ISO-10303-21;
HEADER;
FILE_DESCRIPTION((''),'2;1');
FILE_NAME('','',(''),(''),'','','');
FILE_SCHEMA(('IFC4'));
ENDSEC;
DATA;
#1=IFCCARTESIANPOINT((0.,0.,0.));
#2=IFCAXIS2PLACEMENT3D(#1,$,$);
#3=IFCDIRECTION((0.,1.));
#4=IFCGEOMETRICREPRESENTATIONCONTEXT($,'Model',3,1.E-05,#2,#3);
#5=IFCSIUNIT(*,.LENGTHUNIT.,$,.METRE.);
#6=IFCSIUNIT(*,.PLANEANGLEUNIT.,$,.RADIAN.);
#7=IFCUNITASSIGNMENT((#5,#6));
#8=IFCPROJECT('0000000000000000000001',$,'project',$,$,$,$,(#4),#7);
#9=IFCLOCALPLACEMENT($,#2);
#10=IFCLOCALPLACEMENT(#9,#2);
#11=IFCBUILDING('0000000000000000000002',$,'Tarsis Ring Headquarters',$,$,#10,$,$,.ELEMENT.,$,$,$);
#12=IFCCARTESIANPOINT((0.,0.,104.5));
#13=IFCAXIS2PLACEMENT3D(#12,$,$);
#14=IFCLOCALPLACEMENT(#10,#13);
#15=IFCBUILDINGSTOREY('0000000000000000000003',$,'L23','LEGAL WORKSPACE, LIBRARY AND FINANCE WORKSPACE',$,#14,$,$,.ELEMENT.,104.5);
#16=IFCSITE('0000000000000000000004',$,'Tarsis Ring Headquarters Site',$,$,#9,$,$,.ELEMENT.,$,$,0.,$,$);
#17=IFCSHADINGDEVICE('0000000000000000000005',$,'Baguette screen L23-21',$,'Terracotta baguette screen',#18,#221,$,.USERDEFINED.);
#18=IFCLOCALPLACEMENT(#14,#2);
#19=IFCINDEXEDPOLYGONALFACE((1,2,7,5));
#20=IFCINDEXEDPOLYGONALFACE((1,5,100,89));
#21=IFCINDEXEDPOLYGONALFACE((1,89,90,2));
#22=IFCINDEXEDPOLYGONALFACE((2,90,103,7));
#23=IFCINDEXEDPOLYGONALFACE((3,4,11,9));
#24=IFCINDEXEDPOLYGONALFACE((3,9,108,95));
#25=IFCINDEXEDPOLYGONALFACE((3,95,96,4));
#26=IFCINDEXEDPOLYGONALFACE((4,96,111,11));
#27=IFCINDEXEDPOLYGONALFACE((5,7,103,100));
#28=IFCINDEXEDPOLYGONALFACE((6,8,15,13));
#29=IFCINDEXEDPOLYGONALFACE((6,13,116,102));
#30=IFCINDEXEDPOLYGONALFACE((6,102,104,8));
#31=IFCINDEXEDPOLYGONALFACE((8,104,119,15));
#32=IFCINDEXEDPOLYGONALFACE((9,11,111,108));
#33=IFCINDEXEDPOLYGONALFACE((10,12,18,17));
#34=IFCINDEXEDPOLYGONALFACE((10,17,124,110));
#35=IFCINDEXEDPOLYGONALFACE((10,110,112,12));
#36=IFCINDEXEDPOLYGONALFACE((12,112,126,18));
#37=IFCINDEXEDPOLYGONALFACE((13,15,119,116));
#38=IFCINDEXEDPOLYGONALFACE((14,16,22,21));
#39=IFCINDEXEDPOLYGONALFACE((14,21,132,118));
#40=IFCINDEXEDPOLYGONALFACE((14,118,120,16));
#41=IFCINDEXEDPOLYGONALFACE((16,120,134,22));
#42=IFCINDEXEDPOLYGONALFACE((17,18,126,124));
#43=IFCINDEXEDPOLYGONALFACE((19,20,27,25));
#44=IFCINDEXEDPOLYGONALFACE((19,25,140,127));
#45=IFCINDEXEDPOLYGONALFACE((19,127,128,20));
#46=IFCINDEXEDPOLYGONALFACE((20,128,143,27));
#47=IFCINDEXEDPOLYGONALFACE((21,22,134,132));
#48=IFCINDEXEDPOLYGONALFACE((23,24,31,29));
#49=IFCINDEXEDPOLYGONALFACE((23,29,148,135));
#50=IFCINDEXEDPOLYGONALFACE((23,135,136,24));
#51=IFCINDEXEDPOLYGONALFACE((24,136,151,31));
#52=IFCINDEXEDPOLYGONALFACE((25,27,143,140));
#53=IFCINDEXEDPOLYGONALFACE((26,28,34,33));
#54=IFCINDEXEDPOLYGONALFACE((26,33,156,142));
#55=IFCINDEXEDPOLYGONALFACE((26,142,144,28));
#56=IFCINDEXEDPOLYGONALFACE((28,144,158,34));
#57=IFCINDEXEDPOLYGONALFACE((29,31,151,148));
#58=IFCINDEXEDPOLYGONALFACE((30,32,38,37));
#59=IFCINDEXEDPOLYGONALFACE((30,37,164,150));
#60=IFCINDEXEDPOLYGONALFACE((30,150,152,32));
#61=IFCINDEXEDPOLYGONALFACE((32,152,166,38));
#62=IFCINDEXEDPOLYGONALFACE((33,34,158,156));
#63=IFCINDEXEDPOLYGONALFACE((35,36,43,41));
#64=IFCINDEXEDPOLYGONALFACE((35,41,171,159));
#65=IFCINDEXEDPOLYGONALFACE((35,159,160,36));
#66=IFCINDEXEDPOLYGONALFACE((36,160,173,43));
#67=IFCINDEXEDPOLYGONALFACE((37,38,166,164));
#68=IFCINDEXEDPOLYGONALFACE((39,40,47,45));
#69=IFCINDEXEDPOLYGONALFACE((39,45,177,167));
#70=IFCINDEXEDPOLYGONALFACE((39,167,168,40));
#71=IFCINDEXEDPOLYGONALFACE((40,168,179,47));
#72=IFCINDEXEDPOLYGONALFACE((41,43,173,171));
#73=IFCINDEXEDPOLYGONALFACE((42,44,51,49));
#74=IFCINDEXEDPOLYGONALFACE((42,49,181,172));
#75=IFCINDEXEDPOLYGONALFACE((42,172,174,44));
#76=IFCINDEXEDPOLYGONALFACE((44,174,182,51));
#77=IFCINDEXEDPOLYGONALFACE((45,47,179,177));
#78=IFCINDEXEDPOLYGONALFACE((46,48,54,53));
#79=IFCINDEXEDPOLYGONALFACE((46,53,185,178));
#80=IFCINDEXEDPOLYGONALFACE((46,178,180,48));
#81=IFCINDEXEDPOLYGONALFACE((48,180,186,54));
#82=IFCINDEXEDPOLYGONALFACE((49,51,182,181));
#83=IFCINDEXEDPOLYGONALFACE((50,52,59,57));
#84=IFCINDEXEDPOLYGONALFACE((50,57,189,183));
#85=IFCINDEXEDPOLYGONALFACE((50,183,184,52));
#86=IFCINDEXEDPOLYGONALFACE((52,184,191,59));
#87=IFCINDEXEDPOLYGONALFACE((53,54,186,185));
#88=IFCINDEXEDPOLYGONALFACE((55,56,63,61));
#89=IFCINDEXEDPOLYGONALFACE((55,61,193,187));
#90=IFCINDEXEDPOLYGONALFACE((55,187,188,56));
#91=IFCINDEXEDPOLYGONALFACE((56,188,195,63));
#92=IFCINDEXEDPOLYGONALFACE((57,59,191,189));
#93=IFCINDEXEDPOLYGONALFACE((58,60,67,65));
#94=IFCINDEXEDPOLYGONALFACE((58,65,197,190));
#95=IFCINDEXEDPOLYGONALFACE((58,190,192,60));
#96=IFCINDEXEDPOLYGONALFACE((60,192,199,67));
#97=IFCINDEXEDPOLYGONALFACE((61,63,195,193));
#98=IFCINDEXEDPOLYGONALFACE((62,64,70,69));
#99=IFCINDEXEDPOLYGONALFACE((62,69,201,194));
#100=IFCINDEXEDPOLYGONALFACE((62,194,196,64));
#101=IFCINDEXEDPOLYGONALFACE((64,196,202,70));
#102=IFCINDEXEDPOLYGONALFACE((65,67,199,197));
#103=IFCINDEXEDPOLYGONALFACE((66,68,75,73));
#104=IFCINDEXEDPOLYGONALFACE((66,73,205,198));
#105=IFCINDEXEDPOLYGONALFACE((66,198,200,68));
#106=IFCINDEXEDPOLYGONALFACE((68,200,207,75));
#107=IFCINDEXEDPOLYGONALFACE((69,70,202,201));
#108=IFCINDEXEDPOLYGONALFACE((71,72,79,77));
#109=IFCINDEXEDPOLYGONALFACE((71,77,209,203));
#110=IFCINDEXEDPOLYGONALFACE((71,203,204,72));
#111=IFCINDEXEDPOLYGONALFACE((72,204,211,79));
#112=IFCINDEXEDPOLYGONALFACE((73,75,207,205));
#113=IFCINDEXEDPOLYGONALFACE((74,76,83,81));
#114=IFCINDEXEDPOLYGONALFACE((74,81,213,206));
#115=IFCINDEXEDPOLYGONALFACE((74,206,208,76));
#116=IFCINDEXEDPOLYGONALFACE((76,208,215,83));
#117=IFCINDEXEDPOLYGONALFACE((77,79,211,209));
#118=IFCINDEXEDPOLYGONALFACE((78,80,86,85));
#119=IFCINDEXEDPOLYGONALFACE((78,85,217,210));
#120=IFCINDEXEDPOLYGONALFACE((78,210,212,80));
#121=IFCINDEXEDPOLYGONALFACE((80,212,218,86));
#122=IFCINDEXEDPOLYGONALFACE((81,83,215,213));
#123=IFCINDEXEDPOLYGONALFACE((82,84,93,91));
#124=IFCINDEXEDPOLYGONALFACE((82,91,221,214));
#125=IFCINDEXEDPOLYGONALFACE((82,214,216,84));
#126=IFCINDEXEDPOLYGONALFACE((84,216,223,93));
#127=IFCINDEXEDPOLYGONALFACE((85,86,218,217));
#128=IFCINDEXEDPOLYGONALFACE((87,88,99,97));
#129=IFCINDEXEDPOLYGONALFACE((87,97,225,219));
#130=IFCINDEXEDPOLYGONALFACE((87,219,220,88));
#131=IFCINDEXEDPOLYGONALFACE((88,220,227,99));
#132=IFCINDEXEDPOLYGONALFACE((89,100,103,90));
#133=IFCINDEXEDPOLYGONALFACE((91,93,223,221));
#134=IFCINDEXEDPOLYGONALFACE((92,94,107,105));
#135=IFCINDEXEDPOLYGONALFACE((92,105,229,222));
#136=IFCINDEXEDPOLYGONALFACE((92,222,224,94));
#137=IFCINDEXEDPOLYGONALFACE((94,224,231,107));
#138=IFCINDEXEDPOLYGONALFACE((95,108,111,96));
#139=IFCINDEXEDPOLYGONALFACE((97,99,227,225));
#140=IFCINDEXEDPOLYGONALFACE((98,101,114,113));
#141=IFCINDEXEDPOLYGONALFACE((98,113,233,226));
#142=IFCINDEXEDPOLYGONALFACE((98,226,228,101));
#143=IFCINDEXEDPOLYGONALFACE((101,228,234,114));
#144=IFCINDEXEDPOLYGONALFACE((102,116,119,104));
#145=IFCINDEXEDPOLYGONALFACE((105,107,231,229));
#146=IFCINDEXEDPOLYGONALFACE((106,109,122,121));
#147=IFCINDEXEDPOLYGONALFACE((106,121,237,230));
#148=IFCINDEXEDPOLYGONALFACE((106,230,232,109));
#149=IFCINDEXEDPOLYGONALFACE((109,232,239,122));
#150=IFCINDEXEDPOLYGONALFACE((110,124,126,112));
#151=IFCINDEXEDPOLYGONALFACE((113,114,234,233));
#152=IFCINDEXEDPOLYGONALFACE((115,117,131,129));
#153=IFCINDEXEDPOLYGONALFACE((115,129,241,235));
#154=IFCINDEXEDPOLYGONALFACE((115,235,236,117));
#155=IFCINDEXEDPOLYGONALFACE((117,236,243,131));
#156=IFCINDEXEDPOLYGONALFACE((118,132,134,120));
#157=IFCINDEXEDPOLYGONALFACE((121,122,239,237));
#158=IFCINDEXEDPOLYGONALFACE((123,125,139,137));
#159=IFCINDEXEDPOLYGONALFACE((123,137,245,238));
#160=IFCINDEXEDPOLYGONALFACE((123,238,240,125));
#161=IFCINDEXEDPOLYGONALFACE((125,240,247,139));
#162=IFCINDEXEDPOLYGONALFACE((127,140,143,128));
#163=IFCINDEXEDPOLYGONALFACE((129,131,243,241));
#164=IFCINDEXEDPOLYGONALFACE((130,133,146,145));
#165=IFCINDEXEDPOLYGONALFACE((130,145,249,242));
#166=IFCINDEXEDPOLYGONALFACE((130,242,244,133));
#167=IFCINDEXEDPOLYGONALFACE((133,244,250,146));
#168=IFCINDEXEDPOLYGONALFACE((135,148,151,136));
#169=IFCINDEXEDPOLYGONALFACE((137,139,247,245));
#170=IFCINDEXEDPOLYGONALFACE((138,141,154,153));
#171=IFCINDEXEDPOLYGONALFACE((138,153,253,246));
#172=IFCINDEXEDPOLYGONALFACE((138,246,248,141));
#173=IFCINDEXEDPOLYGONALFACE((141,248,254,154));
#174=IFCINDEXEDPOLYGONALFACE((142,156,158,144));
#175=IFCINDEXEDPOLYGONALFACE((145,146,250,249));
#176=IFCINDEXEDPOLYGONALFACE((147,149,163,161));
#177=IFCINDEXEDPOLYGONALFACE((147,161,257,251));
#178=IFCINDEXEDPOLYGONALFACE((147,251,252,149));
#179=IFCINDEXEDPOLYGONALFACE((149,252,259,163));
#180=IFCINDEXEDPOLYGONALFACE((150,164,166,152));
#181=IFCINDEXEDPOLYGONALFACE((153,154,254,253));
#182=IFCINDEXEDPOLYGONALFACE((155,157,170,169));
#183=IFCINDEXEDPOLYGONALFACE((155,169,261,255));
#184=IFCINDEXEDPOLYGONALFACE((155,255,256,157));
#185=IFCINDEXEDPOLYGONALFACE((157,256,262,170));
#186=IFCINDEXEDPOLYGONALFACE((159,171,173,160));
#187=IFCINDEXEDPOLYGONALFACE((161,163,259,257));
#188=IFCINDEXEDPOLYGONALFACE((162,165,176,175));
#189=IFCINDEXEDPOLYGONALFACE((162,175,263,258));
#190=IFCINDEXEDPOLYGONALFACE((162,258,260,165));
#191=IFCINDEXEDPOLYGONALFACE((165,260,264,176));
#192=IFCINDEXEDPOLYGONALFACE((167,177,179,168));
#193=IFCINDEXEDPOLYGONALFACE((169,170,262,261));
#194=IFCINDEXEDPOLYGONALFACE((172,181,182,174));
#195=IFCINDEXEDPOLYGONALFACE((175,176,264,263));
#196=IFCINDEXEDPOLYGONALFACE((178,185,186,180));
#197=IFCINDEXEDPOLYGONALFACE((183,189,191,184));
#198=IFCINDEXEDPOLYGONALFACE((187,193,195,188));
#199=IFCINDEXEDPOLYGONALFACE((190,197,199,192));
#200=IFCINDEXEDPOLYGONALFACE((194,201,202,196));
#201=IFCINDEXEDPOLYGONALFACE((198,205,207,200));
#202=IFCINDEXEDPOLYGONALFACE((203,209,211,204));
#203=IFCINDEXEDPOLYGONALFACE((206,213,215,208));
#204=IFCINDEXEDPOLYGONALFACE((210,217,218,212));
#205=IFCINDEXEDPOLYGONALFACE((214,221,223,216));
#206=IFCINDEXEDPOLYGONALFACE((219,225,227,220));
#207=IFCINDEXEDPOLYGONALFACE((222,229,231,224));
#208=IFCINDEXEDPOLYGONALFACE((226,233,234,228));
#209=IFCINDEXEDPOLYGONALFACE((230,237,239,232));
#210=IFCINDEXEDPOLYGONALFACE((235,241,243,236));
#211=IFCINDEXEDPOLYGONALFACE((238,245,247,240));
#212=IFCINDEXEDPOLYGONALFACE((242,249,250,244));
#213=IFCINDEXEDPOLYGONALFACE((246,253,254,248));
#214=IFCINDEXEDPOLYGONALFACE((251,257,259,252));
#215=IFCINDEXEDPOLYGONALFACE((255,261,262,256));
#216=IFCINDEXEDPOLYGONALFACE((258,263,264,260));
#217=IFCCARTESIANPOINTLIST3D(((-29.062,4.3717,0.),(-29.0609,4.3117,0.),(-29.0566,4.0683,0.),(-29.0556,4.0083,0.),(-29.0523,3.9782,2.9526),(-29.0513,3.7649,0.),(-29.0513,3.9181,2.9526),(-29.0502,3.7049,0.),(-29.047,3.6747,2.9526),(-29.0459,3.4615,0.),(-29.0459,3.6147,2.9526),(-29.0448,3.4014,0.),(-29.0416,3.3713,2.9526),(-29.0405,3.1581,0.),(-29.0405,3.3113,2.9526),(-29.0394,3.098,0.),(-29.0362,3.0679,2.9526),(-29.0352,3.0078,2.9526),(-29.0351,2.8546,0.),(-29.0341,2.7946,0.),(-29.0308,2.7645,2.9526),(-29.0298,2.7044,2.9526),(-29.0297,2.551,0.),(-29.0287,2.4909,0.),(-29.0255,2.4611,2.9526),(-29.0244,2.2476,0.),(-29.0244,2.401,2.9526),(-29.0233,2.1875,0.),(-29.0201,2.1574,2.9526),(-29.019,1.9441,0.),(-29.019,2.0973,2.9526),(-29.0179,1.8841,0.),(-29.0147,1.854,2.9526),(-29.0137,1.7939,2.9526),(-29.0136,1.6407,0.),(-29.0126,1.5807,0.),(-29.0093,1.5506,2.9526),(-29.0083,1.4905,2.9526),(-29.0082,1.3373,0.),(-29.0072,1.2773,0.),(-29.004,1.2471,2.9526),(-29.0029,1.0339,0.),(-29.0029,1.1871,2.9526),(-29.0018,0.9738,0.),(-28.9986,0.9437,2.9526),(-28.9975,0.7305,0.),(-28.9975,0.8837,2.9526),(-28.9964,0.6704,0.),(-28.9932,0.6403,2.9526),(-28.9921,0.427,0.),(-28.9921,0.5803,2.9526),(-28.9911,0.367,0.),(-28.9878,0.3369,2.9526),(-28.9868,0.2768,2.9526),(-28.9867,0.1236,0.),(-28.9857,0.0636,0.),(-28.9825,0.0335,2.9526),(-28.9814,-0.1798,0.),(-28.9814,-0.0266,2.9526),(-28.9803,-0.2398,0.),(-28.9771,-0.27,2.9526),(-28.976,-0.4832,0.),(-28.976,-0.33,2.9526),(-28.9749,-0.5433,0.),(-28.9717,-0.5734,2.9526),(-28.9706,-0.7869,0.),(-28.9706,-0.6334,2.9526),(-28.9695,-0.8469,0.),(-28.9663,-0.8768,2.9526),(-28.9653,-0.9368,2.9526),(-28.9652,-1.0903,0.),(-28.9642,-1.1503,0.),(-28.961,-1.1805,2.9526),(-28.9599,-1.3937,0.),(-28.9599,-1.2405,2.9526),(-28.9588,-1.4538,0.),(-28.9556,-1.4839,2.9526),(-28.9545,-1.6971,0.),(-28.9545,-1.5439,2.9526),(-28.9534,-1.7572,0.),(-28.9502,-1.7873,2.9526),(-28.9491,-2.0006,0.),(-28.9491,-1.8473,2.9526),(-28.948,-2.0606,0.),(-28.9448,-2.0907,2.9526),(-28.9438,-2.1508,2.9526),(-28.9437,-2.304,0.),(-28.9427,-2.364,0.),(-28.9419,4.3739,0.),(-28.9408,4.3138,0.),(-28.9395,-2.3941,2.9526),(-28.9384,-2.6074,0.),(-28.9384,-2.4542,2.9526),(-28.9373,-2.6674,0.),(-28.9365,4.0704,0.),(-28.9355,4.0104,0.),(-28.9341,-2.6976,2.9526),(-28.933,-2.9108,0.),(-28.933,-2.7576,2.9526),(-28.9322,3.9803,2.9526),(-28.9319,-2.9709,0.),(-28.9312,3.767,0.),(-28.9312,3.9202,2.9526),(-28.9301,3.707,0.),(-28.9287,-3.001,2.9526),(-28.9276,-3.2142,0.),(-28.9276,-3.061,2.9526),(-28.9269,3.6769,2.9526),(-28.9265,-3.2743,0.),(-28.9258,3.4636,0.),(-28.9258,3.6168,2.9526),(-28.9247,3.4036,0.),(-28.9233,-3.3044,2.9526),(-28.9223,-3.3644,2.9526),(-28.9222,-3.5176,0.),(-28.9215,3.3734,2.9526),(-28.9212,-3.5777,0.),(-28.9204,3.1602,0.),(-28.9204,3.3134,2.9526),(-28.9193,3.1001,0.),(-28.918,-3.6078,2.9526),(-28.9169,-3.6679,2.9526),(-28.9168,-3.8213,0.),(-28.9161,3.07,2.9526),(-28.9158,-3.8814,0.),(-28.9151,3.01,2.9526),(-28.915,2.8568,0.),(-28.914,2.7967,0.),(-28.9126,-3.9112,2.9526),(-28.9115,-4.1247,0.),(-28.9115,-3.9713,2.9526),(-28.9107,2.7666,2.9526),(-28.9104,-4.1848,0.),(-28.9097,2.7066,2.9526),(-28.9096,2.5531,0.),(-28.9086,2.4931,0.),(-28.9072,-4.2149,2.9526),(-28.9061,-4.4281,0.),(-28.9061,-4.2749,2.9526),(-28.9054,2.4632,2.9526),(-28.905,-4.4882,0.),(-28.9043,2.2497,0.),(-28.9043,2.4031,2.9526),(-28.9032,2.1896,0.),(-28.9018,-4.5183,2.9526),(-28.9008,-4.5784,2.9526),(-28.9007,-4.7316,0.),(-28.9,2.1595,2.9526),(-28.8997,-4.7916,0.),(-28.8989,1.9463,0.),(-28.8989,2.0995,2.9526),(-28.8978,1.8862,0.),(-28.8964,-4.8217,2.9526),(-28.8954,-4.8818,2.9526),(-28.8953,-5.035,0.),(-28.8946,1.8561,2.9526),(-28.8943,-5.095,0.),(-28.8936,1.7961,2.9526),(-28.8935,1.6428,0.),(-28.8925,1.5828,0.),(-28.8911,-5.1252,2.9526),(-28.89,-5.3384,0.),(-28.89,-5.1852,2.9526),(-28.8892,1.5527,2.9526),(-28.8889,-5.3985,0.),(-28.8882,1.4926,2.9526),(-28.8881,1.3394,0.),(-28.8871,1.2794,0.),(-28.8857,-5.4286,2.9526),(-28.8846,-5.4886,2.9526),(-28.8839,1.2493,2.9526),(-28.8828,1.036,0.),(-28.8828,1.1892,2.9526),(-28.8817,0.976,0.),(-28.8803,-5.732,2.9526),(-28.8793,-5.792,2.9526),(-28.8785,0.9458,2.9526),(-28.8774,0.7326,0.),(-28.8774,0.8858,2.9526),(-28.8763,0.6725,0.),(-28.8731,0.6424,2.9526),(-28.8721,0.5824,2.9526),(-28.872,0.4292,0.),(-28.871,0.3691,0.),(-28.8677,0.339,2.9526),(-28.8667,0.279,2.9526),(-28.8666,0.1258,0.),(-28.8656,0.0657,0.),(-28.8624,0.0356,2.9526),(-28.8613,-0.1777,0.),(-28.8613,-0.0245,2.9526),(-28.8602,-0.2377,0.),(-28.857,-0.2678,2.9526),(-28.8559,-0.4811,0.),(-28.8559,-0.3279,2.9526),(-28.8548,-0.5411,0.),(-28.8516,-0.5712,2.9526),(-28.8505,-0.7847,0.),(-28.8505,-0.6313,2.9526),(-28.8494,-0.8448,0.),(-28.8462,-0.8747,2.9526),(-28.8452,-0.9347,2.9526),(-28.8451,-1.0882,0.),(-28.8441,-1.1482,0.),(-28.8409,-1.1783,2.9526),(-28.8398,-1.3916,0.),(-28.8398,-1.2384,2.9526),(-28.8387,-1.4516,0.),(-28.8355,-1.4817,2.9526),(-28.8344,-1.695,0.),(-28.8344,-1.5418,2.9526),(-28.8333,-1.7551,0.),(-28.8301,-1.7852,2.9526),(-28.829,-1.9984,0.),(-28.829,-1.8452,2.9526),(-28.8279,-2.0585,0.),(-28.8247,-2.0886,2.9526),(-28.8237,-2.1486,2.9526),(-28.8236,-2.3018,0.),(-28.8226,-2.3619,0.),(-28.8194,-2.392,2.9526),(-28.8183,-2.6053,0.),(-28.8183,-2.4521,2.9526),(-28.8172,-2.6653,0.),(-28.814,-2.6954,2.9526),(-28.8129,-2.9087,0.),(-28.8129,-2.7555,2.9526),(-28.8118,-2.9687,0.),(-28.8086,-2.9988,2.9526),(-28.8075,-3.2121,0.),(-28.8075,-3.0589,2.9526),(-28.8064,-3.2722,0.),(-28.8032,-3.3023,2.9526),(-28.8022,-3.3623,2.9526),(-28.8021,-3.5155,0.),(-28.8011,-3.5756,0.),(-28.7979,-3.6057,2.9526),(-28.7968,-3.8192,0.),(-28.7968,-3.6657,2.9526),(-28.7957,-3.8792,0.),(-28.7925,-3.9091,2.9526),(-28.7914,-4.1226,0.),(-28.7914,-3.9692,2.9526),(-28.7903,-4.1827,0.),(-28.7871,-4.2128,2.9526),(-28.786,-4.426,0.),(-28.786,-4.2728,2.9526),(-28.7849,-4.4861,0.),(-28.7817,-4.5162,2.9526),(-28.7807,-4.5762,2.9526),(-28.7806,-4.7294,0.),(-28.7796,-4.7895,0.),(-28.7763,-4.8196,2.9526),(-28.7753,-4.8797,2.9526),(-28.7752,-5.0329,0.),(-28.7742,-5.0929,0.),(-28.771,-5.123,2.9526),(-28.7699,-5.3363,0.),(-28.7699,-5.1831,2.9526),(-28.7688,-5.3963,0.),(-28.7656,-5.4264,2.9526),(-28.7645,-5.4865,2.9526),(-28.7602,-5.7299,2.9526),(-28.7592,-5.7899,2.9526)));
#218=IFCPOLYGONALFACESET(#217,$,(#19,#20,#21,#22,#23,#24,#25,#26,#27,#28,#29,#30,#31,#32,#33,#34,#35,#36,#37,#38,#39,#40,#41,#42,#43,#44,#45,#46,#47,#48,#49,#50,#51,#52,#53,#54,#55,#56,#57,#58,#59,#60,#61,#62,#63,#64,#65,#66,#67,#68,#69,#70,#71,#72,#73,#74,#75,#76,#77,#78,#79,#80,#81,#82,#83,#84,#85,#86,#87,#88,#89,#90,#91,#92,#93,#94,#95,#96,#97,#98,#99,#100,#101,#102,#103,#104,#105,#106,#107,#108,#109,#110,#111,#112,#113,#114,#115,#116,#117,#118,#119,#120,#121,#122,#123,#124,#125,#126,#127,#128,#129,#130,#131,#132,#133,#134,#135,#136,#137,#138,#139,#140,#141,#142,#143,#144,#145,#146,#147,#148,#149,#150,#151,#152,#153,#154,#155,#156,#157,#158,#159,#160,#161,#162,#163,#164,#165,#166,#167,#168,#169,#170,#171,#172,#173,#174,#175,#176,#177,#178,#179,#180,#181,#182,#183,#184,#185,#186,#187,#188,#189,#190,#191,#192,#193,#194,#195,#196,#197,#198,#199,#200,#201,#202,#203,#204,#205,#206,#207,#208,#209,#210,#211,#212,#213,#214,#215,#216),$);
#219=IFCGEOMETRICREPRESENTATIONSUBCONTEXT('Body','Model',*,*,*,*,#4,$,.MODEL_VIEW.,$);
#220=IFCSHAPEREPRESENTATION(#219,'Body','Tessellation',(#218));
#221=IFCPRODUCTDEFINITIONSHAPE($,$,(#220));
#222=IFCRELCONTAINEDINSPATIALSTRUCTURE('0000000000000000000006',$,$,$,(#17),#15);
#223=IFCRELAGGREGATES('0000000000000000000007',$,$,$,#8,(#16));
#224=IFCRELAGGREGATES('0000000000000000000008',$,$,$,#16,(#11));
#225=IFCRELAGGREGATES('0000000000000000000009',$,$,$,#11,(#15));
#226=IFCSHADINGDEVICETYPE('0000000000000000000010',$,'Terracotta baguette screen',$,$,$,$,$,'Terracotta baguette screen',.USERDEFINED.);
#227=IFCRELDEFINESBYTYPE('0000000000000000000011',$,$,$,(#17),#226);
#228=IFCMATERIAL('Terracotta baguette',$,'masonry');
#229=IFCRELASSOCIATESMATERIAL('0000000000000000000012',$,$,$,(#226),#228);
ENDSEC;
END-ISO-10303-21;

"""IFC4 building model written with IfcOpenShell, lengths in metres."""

from ifc_helpers import new_model, si_unit, direction, frame, frame_2d, origin, place, context, subcontext, project, spatial, rectangle, composite_profile, extrude, material, type_object, element, save


model = new_model("IFC4")

# Units and contexts
model_context = context("Model", 3, precision=1e-05, world=origin(), true_north=direction((0.0, 1.0)))
body_context = subcontext(model_context, "Body", "Model", "MODEL_VIEW")
ifc_project = project(units=[si_unit("LENGTHUNIT", "METRE"), si_unit("PLANEANGLEUNIT", "RADIAN")], contexts=[model_context])

# Site, building, storey
site_placement = place(None, origin())
site = spatial("IfcSite", under=ifc_project, at=site_placement, Name="Tarsis Ring Headquarters Site", CompositionType="ELEMENT", RefElevation=0.0)
building_placement = place(site_placement, origin())
building = spatial("IfcBuilding", under=site, at=building_placement, Name="Tarsis Ring Headquarters", CompositionType="ELEMENT")
storey_placement = place(building_placement, frame((0.0, 0.0, 104.5)))
storey = spatial("IfcBuildingStorey", under=building, at=storey_placement, Name="L23", Description="LEGAL WORKSPACE, LIBRARY AND FINANCE WORKSPACE", CompositionType="ELEMENT", Elevation=104.5)

# Shading device
ifc_material_1 = material(Name="Terracotta baguette", Category="masonry")
shading_device_type = type_object("IfcShadingDeviceType", Name="Terracotta baguette screen", ElementType="Terracotta baguette screen", PredefinedType="USERDEFINED", material=ifc_material_1)
shading_device_placement = place(storey_placement, frame((-29.002, 4.3728, 0.0), z_axis=(0.0, 0.0, 1.0), x_axis=(0.017714, -0.99985, 0.0)))
element("IfcShadingDevice", 1, at=shading_device_placement, inside=storey, type_object=shading_device_type, Name="Baguette screen L23-21", ObjectType="Terracotta baguette screen", PredefinedType="USERDEFINED", context=body_context, shape_type="SweptSolid", body=[
    extrude(composite_profile([rectangle(XDim=0.0601, YDim=0.1201, at=frame_2d((0.03, 0.0))), rectangle(XDim=0.0601, YDim=0.1201, at=frame_2d((0.3335, 0.0))), rectangle(XDim=0.0601, YDim=0.1201, at=frame_2d((0.637, 0.0))), rectangle(XDim=0.0601, YDim=0.1201, at=frame_2d((0.9404, 0.0))), rectangle(XDim=0.0601, YDim=0.1201, at=frame_2d((1.2439, 0.0))), rectangle(XDim=0.0601, YDim=0.1201, at=frame_2d((1.5474, 0.0))), rectangle(XDim=0.0601, YDim=0.1201, at=frame_2d((1.8511, 0.0))), rectangle(XDim=0.0601, YDim=0.1201, at=frame_2d((2.1545, 0.0))), rectangle(XDim=0.0601, YDim=0.1201, at=frame_2d((2.458, 0.0))), rectangle(XDim=0.0601, YDim=0.1201, at=frame_2d((2.7615, 0.0))), rectangle(XDim=0.0601, YDim=0.1201, at=frame_2d((3.0649, 0.0))), rectangle(XDim=0.0601, YDim=0.1201, at=frame_2d((3.3684, 0.0))), rectangle(XDim=0.0601, YDim=0.1201, at=frame_2d((3.6719, 0.0))), rectangle(XDim=0.0601, YDim=0.1201, at=frame_2d((3.9753, 0.0))), rectangle(XDim=0.0601, YDim=0.1201, at=frame_2d((4.2788, 0.0))), rectangle(XDim=0.0601, YDim=0.1201, at=frame_2d((4.5823, 0.0))), rectangle(XDim=0.0601, YDim=0.1201, at=frame_2d((4.8857, 0.0))), rectangle(XDim=0.0601, YDim=0.1201, at=frame_2d((5.1895, 0.0))), rectangle(XDim=0.0601, YDim=0.1201, at=frame_2d((5.4929, 0.0))), rectangle(XDim=0.0601, YDim=0.1201, at=frame_2d((5.7964, 0.0))), rectangle(XDim=0.0601, YDim=0.1201, at=frame_2d((6.0999, 0.0))), rectangle(XDim=0.0601, YDim=0.1201, at=frame_2d((6.4033, 0.0))), rectangle(XDim=0.0601, YDim=0.1201, at=frame_2d((6.7068, 0.0))), rectangle(XDim=0.0601, YDim=0.1201, at=frame_2d((7.0103, 0.0))), rectangle(XDim=0.0601, YDim=0.1201, at=frame_2d((7.3137, 0.0))), rectangle(XDim=0.0601, YDim=0.1201, at=frame_2d((7.6172, 0.0))), rectangle(XDim=0.0601, YDim=0.1201, at=frame_2d((7.9207, 0.0))), rectangle(XDim=0.0601, YDim=0.1201, at=frame_2d((8.2244, 0.0))), rectangle(XDim=0.0601, YDim=0.1201, at=frame_2d((8.5278, 0.0))), rectangle(XDim=0.0601, YDim=0.1201, at=frame_2d((8.8313, 0.0))), rectangle(XDim=0.0601, YDim=0.1201, at=frame_2d((9.1348, 0.0))), rectangle(XDim=0.0601, YDim=0.1201, at=frame_2d((9.4382, 0.0))), rectangle(XDim=0.0601, YDim=0.1201, at=frame_2d((9.7417, 0.0)))]), origin(), (0.132166, 0.0009, 0.991227), 2.9788),
])

save(model, "model.ifc")
